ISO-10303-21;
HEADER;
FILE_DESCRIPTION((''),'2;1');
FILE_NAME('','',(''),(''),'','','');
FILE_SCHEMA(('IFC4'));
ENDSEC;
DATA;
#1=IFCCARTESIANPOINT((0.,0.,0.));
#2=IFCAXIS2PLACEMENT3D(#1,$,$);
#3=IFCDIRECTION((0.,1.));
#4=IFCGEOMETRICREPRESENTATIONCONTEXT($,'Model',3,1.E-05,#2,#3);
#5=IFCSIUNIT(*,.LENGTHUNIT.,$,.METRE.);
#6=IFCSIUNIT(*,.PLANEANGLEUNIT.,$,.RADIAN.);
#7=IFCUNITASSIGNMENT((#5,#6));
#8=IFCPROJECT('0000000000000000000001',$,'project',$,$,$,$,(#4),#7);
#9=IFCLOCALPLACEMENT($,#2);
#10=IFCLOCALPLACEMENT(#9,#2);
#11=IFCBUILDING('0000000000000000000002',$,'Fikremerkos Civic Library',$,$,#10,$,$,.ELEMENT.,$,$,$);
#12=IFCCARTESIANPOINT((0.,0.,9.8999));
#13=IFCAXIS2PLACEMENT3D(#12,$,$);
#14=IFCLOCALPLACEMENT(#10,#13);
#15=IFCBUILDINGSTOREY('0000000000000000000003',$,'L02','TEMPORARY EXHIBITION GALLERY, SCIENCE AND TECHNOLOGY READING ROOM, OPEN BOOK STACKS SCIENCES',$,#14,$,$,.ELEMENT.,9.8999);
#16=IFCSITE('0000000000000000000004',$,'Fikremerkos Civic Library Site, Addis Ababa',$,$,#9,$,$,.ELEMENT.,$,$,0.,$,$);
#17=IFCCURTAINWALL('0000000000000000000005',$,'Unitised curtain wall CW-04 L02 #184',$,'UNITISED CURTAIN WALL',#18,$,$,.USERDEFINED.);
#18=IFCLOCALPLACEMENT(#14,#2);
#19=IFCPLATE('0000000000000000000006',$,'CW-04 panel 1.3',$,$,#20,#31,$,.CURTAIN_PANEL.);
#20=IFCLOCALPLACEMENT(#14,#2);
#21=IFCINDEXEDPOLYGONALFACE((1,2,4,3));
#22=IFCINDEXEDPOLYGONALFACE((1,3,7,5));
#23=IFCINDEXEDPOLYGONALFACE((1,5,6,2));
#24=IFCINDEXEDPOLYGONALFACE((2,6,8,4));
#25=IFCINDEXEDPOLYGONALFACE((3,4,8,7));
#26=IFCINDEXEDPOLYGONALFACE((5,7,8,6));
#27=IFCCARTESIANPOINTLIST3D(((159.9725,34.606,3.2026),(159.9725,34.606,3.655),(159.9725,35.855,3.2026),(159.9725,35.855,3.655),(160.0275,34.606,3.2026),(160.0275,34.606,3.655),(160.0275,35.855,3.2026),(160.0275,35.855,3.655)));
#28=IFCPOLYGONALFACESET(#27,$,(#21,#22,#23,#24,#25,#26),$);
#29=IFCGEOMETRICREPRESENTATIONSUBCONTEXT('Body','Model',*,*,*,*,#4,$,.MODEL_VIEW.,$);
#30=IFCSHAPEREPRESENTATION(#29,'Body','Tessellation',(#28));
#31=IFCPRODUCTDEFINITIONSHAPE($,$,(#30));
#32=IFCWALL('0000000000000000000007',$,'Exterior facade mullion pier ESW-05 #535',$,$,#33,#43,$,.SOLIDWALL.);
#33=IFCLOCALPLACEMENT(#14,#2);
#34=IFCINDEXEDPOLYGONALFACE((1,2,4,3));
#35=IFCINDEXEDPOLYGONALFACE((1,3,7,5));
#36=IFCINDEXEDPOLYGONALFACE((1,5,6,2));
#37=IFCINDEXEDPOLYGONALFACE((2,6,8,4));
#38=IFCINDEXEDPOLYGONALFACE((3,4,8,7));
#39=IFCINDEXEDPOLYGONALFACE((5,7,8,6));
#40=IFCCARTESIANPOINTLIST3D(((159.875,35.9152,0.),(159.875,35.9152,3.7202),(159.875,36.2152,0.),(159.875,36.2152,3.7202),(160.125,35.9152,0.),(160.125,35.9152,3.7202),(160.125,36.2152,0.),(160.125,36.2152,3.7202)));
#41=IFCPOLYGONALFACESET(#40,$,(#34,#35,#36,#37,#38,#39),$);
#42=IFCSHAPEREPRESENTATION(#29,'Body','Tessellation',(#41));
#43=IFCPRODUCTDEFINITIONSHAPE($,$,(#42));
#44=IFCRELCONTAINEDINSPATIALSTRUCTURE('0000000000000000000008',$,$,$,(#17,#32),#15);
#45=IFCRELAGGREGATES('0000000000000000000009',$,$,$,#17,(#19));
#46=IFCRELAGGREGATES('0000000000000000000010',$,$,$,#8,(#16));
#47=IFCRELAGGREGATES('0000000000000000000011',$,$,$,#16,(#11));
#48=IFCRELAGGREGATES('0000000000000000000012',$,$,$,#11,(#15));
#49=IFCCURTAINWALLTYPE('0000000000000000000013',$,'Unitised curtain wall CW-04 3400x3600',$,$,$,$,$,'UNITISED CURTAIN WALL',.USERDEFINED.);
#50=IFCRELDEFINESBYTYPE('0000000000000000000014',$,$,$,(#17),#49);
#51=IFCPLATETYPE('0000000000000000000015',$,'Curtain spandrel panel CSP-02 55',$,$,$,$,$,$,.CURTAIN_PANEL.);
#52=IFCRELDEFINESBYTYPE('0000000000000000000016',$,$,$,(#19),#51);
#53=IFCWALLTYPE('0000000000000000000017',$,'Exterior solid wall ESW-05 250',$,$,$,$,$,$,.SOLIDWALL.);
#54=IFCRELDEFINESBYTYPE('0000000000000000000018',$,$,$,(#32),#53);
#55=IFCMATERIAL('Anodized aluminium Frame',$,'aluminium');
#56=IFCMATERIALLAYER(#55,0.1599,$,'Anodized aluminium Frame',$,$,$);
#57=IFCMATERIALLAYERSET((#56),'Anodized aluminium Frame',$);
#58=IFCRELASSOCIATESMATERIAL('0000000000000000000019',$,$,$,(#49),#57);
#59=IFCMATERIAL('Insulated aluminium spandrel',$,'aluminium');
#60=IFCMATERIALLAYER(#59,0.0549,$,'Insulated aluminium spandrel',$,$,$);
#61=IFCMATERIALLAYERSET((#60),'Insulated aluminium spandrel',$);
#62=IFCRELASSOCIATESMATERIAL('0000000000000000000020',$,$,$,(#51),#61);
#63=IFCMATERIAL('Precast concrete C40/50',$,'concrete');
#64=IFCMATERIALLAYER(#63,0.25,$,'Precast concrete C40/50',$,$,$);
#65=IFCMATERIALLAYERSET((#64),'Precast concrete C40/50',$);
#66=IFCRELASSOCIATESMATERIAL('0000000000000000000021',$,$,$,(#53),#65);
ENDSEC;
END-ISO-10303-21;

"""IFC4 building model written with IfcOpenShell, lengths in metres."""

from ifc_helpers import new_model, si_unit, direction, frame, frame_2d, origin, origin_2d, place, context, subcontext, project, spatial, rectangle, extrude, material, layer, layer_set, type_object, element, aggregate, save


model = new_model("IFC4")

# Units and contexts
model_context = context("Model", 3, precision=1e-05, world=origin(), true_north=direction((0.0, 1.0)))
body_context = subcontext(model_context, "Body", "Model", "MODEL_VIEW")
ifc_project = project(units=[si_unit("LENGTHUNIT", "METRE"), si_unit("PLANEANGLEUNIT", "RADIAN")], contexts=[model_context])

# Site, building, storey
site_placement = place(None, origin())
site = spatial("IfcSite", under=ifc_project, at=site_placement, Name="Fikremerkos Civic Library Site, Addis Ababa", CompositionType="ELEMENT", RefElevation=0.0)
building_placement = place(site_placement, origin())
building = spatial("IfcBuilding", under=site, at=building_placement, Name="Fikremerkos Civic Library", CompositionType="ELEMENT")
storey_placement = place(building_placement, frame((0.0, 0.0, 9.8999)))
storey = spatial("IfcBuildingStorey", under=building, at=storey_placement, Name="L02", Description="TEMPORARY EXHIBITION GALLERY, SCIENCE AND TECHNOLOGY READING ROOM, OPEN BOOK STACKS SCIENCES", CompositionType="ELEMENT", Elevation=9.8999)

# Curtain wall
ifc_material_1 = material(Name="Anodized aluminium Frame", Category="aluminium")
ifc_layer_1 = layer(ifc_material_1, 0.1599, Name="Anodized aluminium Frame")
ifc_layer_set_1 = layer_set([ifc_layer_1], Name="Anodized aluminium Frame")
curtain_wall_type_1 = type_object("IfcCurtainWallType", Name="Unitised curtain wall CW-04 3400x3600", ElementType="UNITISED CURTAIN WALL", PredefinedType="USERDEFINED", material=ifc_layer_set_1)
curtain_wall_1_placement = place(storey_placement, origin())
curtain_wall_1 = element("IfcCurtainWall", 1, at=curtain_wall_1_placement, inside=storey, type_object=curtain_wall_type_1, Name="Unitised curtain wall CW-04 L02 #184", ObjectType="UNITISED CURTAIN WALL", PredefinedType="USERDEFINED")

# Plate
ifc_material_2 = material(Name="Insulated aluminium spandrel", Category="aluminium")
ifc_layer_2 = layer(ifc_material_2, 0.0549, Name="Insulated aluminium spandrel")
ifc_layer_set_2 = layer_set([ifc_layer_2], Name="Insulated aluminium spandrel")
plate_type_1 = type_object("IfcPlateType", Name="Curtain spandrel panel CSP-02 55", PredefinedType="CURTAIN_PANEL", material=ifc_layer_set_2)
plate_1_placement = place(storey_placement, frame((160.0, 35.2305, 3.2026), z_axis=(0.0, 0.0, 1.0), x_axis=(0.0, -1.0, 0.0)))
plate_1 = element("IfcPlate", 2, at=plate_1_placement, type_object=plate_type_1, Name="CW-04 panel 1.3", PredefinedType="CURTAIN_PANEL", context=body_context, shape_type="SweptSolid", body=[
    extrude(rectangle(XDim=1.249, YDim=0.0549, at=origin_2d()), origin(), (0.0, 0.0, 1.0), 0.4524),
])
aggregate(curtain_wall_1, [plate_1])

# Wall
ifc_material_3 = material(Name="Precast concrete C40/50", Category="concrete")
ifc_layer_3 = layer(ifc_material_3, 0.25, Name="Precast concrete C40/50")
ifc_layer_set_3 = layer_set([ifc_layer_3], Name="Precast concrete C40/50")
wall_type = type_object("IfcWallType", Name="Exterior solid wall ESW-05 250", PredefinedType="SOLIDWALL", material=ifc_layer_set_3)
wall_placement = place(storey_placement, frame((160.0, 36.2151, 0.0), z_axis=(0.0, 0.0, 1.0), x_axis=(0.0, -1.0, 0.0)))
element("IfcWall", 3, at=wall_placement, inside=storey, type_object=wall_type, Name="Exterior facade mullion pier ESW-05 #535", PredefinedType="SOLIDWALL", context=body_context, shape_type="SweptSolid", body=[
    extrude(rectangle(XDim=0.3, YDim=0.25, at=frame_2d((0.1499, 0.0))), origin(), (0.0, 0.0, 1.0), 3.7202),
])

save(model, "model.ifc")
